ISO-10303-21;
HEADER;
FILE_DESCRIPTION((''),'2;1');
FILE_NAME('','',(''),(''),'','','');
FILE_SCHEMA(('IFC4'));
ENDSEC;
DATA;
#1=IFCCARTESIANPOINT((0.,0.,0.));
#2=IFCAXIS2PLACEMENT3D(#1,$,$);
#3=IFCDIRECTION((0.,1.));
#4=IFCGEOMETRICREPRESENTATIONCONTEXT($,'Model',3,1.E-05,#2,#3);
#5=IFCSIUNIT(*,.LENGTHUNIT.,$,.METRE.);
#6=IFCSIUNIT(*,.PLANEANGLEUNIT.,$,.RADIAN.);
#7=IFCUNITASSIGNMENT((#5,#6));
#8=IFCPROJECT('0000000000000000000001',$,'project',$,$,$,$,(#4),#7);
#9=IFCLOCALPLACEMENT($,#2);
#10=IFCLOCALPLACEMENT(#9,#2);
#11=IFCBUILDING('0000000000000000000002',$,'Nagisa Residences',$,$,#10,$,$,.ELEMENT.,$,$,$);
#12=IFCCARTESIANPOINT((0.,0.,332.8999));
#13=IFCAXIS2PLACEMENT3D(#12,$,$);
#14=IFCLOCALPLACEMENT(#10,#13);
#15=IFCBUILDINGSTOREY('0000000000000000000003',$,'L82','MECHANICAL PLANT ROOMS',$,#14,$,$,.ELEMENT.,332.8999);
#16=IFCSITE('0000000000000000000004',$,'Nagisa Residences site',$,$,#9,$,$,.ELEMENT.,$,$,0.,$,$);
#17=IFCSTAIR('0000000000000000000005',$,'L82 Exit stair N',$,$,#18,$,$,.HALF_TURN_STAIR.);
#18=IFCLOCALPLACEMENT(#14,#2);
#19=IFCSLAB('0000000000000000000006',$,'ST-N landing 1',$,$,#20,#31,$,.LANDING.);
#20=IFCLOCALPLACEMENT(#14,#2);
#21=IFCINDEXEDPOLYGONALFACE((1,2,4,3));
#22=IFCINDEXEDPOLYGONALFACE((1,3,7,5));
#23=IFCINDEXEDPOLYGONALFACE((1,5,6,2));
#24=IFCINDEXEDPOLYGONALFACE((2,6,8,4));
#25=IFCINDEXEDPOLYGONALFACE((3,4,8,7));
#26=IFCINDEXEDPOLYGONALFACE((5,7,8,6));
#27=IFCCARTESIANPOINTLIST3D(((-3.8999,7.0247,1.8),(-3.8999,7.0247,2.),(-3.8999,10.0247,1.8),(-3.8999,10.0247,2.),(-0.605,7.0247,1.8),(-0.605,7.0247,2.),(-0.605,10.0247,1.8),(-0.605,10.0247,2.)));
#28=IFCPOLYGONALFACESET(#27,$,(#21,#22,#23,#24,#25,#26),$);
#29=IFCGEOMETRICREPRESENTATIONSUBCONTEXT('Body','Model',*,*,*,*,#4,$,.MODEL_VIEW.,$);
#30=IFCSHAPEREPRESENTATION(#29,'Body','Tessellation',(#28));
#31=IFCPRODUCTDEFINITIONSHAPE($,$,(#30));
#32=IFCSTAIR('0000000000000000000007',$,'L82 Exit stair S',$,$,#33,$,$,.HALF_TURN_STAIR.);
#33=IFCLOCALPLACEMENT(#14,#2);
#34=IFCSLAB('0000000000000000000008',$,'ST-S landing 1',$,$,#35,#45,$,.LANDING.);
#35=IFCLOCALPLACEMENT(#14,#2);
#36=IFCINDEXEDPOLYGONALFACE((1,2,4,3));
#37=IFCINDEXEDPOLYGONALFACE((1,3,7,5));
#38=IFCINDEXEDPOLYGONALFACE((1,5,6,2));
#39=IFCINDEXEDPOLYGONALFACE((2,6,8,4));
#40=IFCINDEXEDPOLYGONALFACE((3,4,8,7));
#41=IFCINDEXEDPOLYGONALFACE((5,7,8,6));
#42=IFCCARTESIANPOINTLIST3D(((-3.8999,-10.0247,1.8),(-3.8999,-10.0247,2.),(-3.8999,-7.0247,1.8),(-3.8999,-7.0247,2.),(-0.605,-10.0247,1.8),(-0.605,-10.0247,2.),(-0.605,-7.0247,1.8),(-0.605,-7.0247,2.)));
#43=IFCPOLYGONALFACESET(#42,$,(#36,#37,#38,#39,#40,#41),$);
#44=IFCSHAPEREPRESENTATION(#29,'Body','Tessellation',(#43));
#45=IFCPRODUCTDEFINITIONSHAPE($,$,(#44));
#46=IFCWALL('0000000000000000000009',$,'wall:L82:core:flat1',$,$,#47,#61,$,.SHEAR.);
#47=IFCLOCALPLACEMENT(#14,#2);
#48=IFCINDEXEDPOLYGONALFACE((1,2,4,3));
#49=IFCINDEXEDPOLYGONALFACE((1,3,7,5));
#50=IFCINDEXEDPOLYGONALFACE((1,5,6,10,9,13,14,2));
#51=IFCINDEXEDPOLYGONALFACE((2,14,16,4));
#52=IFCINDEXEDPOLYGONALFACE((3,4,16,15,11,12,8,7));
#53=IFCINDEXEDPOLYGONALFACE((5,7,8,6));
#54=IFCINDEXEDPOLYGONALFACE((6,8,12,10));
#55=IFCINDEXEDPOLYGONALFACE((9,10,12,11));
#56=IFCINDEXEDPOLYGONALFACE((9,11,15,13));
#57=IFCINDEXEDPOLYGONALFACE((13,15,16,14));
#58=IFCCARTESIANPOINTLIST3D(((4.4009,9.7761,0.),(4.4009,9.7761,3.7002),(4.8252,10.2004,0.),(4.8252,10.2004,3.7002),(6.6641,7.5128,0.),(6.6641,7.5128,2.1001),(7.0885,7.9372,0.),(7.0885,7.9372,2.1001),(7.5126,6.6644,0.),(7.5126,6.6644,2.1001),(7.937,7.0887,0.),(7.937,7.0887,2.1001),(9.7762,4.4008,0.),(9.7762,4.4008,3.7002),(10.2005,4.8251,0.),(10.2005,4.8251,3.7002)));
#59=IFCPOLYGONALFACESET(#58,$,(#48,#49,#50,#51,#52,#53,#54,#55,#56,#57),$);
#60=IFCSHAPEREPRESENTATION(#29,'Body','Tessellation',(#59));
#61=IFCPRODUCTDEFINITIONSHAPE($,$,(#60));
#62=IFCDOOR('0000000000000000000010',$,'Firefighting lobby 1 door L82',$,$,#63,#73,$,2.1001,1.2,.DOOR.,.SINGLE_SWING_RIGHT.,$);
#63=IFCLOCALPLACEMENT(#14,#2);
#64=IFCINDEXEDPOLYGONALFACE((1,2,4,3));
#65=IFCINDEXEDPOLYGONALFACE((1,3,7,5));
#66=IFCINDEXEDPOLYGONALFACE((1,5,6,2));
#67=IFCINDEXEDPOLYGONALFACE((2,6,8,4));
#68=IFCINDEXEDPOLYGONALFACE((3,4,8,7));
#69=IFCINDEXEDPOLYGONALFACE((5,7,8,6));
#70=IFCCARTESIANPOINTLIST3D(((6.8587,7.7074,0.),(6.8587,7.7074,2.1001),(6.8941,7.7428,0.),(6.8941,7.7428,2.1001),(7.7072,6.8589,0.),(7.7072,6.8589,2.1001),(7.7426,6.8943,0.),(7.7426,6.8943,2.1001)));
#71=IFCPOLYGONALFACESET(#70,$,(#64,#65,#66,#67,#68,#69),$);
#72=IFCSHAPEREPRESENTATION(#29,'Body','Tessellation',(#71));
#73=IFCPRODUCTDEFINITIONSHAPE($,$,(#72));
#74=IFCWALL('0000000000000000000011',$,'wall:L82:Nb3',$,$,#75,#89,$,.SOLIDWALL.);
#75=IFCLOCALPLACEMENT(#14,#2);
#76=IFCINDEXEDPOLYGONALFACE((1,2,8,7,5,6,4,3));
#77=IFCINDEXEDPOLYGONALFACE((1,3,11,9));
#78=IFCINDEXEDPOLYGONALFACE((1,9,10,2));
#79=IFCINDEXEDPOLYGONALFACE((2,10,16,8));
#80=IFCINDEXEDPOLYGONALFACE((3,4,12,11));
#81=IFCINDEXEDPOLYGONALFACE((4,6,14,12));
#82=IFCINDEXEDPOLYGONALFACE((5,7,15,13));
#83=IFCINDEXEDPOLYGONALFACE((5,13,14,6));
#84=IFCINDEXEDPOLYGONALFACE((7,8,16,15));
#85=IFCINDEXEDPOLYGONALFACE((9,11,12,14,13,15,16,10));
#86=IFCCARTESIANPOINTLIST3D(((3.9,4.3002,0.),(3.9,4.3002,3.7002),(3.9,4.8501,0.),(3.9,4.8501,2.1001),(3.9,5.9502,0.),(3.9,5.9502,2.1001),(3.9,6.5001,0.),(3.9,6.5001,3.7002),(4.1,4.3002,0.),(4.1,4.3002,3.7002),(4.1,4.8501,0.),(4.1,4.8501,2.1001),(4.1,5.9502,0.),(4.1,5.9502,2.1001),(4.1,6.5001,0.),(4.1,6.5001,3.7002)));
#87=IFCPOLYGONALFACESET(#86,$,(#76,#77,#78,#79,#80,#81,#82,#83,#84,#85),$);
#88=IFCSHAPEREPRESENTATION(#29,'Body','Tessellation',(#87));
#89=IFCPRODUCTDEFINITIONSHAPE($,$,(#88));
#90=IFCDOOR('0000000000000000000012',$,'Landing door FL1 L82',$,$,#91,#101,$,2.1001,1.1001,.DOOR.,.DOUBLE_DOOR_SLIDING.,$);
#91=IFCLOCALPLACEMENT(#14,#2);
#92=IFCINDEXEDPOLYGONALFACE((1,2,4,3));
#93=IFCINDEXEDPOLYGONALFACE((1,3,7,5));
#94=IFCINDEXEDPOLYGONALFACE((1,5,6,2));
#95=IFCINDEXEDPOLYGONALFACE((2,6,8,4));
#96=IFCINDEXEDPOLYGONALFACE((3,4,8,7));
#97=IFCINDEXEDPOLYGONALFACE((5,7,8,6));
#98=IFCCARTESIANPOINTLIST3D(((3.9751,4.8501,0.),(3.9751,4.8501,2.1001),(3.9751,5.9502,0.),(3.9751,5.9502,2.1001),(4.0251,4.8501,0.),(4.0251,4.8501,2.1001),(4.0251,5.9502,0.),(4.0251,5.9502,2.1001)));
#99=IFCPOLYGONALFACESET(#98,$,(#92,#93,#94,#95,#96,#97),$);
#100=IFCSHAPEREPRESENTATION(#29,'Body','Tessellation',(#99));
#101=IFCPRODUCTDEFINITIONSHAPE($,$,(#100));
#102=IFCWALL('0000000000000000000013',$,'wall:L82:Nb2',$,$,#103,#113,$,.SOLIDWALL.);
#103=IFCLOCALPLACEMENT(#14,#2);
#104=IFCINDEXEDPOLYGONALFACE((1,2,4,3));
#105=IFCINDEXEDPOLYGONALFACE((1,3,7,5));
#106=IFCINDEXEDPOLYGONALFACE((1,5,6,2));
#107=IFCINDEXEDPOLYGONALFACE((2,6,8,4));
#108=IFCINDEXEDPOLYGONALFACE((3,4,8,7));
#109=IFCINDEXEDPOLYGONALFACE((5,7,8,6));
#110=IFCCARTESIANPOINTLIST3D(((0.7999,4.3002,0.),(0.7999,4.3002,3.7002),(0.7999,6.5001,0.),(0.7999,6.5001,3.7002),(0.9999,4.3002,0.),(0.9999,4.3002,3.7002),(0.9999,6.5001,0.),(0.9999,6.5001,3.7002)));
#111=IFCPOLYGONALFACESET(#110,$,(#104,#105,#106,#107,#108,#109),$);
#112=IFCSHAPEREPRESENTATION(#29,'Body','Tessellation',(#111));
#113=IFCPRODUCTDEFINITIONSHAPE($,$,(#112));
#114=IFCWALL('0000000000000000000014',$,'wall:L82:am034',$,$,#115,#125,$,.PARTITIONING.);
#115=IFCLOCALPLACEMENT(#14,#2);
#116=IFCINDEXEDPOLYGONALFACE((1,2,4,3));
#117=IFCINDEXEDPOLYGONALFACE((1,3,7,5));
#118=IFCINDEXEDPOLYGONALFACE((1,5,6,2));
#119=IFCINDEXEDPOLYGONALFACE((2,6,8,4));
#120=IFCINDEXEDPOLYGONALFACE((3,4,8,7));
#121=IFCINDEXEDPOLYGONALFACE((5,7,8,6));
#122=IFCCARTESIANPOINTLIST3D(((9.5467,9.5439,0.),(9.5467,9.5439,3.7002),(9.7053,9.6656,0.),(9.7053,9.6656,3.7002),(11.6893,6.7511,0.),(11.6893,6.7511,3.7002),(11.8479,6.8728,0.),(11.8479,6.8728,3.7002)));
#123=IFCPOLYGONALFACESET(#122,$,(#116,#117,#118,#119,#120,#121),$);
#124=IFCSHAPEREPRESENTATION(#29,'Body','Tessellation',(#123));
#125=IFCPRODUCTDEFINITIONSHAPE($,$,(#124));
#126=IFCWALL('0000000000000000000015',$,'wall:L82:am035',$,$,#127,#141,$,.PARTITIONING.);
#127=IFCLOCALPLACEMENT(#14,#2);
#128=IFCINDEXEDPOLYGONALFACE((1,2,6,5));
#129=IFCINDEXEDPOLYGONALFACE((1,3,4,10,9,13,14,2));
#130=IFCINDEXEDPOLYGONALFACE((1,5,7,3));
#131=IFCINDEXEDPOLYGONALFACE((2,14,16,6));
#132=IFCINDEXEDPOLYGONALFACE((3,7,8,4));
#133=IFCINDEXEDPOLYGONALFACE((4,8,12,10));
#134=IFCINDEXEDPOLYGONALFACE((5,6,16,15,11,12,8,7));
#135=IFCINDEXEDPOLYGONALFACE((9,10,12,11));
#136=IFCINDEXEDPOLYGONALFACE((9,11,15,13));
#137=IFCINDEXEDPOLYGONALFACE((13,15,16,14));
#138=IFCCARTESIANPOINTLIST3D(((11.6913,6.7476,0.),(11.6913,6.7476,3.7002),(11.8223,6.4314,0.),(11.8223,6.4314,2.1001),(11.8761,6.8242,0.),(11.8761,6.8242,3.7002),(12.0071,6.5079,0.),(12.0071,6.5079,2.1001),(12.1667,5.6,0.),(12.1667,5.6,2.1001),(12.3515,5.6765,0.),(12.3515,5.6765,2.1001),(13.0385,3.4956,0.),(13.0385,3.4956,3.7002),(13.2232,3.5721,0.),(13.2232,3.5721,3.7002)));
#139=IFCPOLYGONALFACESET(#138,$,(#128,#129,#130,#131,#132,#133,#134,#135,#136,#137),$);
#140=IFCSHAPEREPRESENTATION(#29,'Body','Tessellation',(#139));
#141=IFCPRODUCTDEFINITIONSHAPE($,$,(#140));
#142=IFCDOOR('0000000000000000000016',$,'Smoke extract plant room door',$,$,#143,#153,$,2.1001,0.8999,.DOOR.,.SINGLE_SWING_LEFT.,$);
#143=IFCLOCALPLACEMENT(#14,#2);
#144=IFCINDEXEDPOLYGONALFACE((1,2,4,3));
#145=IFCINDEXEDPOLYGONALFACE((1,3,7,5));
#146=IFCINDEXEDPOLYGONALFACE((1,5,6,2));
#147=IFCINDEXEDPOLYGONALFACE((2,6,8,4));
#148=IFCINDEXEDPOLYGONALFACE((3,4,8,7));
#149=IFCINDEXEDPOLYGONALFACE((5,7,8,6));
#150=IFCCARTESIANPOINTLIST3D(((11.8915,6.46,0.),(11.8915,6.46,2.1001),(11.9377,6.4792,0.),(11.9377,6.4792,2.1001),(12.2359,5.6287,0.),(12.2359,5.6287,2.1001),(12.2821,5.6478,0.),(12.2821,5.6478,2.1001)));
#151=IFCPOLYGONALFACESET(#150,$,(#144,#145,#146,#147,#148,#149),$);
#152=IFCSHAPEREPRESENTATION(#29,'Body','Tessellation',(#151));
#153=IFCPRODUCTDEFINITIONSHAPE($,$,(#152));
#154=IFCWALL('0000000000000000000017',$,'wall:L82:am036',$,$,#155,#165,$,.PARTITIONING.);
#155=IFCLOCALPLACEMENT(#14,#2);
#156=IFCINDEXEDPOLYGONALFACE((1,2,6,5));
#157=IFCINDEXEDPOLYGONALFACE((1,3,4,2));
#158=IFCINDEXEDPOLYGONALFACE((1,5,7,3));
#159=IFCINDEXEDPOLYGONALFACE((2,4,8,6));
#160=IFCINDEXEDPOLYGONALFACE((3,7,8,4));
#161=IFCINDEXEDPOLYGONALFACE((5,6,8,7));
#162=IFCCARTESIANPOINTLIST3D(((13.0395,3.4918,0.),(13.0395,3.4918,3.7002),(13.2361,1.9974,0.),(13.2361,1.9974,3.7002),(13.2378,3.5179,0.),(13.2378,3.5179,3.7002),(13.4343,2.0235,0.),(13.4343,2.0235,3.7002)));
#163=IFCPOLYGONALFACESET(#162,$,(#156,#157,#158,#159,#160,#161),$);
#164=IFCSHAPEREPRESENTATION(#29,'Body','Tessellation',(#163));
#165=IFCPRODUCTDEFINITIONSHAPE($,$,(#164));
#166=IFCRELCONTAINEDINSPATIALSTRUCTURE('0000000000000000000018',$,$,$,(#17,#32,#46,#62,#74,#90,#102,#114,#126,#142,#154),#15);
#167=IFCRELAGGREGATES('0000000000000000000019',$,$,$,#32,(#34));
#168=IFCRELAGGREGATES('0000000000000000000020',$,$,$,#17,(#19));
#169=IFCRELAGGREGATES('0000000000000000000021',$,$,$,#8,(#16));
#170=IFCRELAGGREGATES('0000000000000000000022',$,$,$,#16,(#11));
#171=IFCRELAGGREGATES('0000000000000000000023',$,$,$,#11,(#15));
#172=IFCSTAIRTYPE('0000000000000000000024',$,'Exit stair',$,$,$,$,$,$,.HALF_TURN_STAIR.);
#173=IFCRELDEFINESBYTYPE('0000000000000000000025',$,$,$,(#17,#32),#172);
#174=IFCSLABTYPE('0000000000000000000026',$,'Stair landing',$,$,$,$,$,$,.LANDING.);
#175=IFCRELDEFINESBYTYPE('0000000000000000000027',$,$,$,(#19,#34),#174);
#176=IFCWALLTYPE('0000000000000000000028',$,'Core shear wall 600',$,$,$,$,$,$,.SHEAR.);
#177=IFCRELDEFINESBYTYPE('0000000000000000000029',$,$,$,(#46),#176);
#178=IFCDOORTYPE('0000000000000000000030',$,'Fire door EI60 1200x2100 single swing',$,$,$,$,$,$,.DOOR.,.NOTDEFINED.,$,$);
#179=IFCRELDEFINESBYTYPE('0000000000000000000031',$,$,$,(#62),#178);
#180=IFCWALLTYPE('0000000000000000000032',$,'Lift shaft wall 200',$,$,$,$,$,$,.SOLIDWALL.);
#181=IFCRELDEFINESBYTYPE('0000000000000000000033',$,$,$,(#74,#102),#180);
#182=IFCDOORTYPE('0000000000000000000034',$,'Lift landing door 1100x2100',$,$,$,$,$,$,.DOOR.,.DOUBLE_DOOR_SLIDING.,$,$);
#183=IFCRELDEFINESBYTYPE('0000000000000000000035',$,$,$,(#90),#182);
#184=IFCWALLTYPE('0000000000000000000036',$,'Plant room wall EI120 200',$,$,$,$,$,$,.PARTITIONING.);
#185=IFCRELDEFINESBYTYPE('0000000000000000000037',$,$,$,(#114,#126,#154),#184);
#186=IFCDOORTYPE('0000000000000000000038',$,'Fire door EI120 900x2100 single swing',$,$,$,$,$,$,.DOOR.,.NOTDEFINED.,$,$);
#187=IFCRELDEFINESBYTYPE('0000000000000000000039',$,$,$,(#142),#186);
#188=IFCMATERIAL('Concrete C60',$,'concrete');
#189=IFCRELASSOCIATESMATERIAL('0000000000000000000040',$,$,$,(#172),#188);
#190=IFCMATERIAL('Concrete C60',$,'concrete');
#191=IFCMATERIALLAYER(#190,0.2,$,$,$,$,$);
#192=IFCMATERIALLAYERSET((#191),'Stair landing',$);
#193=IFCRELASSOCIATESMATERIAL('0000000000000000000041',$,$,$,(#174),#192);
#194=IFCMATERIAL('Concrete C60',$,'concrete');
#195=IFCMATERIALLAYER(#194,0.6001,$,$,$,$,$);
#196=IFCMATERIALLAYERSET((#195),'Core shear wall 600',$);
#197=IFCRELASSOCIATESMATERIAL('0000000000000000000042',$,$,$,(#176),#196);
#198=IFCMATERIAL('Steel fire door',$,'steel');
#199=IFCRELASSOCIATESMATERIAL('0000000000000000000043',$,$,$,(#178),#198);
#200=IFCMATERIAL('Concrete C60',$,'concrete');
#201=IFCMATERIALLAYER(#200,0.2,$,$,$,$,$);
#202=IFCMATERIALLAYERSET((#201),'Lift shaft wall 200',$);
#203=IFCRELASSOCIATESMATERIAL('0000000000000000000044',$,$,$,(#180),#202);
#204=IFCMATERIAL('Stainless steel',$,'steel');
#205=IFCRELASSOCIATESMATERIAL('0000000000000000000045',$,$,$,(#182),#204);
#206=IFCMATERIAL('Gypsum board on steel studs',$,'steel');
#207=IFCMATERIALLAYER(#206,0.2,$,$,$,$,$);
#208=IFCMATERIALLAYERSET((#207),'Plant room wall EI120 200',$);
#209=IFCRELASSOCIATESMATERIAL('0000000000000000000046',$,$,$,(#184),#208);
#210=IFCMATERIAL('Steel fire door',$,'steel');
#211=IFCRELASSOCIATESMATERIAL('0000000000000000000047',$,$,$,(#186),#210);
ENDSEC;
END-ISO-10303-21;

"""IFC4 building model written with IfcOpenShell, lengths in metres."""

from ifc_helpers import new_model, si_unit, direction, frame, frame_2d, origin, place, context, subcontext, project, spatial, polyline, rectangle, outline, extrude, material, layer, layer_set, type_object, element, fill, aggregate, save


model = new_model("IFC4")

# Units and contexts
model_context = context("Model", 3, precision=1e-05, world=origin(), true_north=direction((0.0, 1.0)))
body_context = subcontext(model_context, "Body", "Model", "MODEL_VIEW")
ifc_project = project(units=[si_unit("LENGTHUNIT", "METRE"), si_unit("PLANEANGLEUNIT", "RADIAN")], contexts=[model_context])

# Site, building, storey
site_placement = place(None, origin())
site = spatial("IfcSite", under=ifc_project, at=site_placement, Name="Nagisa Residences site", CompositionType="ELEMENT", RefElevation=0.0)
building_placement = place(site_placement, origin())
building = spatial("IfcBuilding", under=site, at=building_placement, Name="Nagisa Residences", CompositionType="ELEMENT")
storey_placement = place(building_placement, frame((0.0, 0.0, 332.8999)))
storey = spatial("IfcBuildingStorey", under=building, at=storey_placement, Name="L82", Description="MECHANICAL PLANT ROOMS", CompositionType="ELEMENT", Elevation=332.8999)

# Stairs, slabs
ifc_material_1 = material(Name="Concrete C60", Category="concrete")
stair_type = type_object("IfcStairType", Name="Exit stair", PredefinedType="HALF_TURN_STAIR", material=ifc_material_1)
stair_1_placement = place(storey_placement, origin())
stair_1 = element("IfcStair", 1, at=stair_1_placement, inside=storey, type_object=stair_type, Name="L82 Exit stair N", PredefinedType="HALF_TURN_STAIR")
ifc_material_2 = material(Name="Concrete C60", Category="concrete")
ifc_layer_1 = layer(ifc_material_2, 0.2)
ifc_layer_set_1 = layer_set([ifc_layer_1], Name="Stair landing")
slab_type = type_object("IfcSlabType", Name="Stair landing", PredefinedType="LANDING", material=ifc_layer_set_1)
slab_1_placement = place(storey_placement, frame((0.0, 0.0, 1.8)))
slab_1 = element("IfcSlab", 2, at=slab_1_placement, type_object=slab_type, Name="ST-N landing 1", PredefinedType="LANDING", context=body_context, shape_type="SweptSolid", body=[
    extrude(outline(polyline([(-0.605, 10.0247), (-3.8999, 10.0247), (-3.8999, 7.0247), (-0.605, 7.0247), (-0.605, 10.0247)])), origin(), (0.0, 0.0, 1.0), 0.2),
])
stair_2_placement = place(storey_placement, origin())
stair_2 = element("IfcStair", 3, at=stair_2_placement, inside=storey, type_object=stair_type, Name="L82 Exit stair S", PredefinedType="HALF_TURN_STAIR")
slab_2_placement = place(storey_placement, frame((0.0, 0.0, 1.8)))
slab_2 = element("IfcSlab", 4, at=slab_2_placement, type_object=slab_type, Name="ST-S landing 1", PredefinedType="LANDING", context=body_context, shape_type="SweptSolid", body=[
    extrude(outline(polyline([(-0.605, -7.0247), (-3.8999, -7.0247), (-3.8999, -10.0247), (-0.605, -10.0247), (-0.605, -7.0247)])), origin(), (0.0, 0.0, 1.0), 0.2),
])
aggregate(stair_2, [slab_2])

# Walls, openings, doors
ifc_material_3 = material(Name="Concrete C60", Category="concrete")
ifc_layer_2 = layer(ifc_material_3, 0.6001)
ifc_layer_set_2 = layer_set([ifc_layer_2], Name="Core shear wall 600")
wall_type_1 = type_object("IfcWallType", Name="Core shear wall 600", PredefinedType="SHEAR", material=ifc_layer_set_2)
wall_1_placement = place(storey_placement, frame((9.9883, 4.613, 0.0), z_axis=(0.0, 0.0, 1.0), x_axis=(-0.707107, 0.707107, 0.0)))
wall_1 = element("IfcWall", 5, at=wall_1_placement, inside=storey, type_object=wall_type_1, Name="wall:L82:core:flat1", PredefinedType="SHEAR", context=body_context, shape_type="SweptSolid", body=[
    extrude(rectangle(XDim=7.6018, YDim=0.6001, at=frame_2d((3.8008, 0.0))), origin(), (0.0, 0.0, 1.0), 3.7002),
])
opening_1_placement = place(wall_1_placement, frame((3.2009, 0.0, 0.0)))
opening_1 = element("IfcOpeningElement", 6, at=opening_1_placement, cuts=wall_1, PredefinedType="OPENING", context=body_context, shape_type="SweptSolid", body=[
    extrude(rectangle(XDim=1.2, YDim=2.1001, at=frame_2d((0.6001, 1.05))), frame((0.0, 0.3101, 0.0), z_axis=(0.0, -1.0, 0.0), x_axis=(1.0, 0.0, 0.0)), (0.0, 0.0, 1.0), 0.6201),
])
ifc_material_4 = material(Name="Steel fire door", Category="steel")
door_type_1 = type_object("IfcDoorType", Name="Fire door EI60 1200x2100 single swing", OperationType="NOTDEFINED", PredefinedType="DOOR", material=ifc_material_4)
door_1_placement = place(opening_1_placement, origin())
door_1 = element("IfcDoor", 7, at=door_1_placement, inside=storey, type_object=door_type_1, Name="Firefighting lobby 1 door L82", OperationType="SINGLE_SWING_RIGHT", OverallHeight=2.1001, OverallWidth=1.2, PredefinedType="DOOR", context=body_context, shape_type="SweptSolid", body=[
    extrude(rectangle(XDim=1.2, YDim=2.1001, at=frame_2d((0.6001, 1.05))), frame((0.0, 0.0249, 0.0), z_axis=(0.0, -1.0, 0.0), x_axis=(1.0, 0.0, 0.0)), (0.0, 0.0, 1.0), 0.05),
])
fill(opening_1, door_1)
ifc_material_5 = material(Name="Concrete C60", Category="concrete")
ifc_layer_3 = layer(ifc_material_5, 0.2)
ifc_layer_set_3 = layer_set([ifc_layer_3], Name="Lift shaft wall 200")
wall_type_2 = type_object("IfcWallType", Name="Lift shaft wall 200", PredefinedType="SOLIDWALL", material=ifc_layer_set_3)
wall_2_placement = place(storey_placement, frame((4.0, 4.3, 0.0), z_axis=(0.0, 0.0, 1.0), x_axis=(0.0, 1.0, 0.0)))
wall_2 = element("IfcWall", 8, at=wall_2_placement, inside=storey, type_object=wall_type_2, Name="wall:L82:Nb3", PredefinedType="SOLIDWALL", context=body_context, shape_type="SweptSolid", body=[
    extrude(rectangle(XDim=2.2, YDim=0.2, at=frame_2d((1.1001, 0.0))), origin(), (0.0, 0.0, 1.0), 3.7002),
])
opening_2_placement = place(wall_2_placement, frame((0.55, 0.0, 0.0)))
opening_2 = element("IfcOpeningElement", 9, at=opening_2_placement, cuts=wall_2, PredefinedType="OPENING", context=body_context, shape_type="SweptSolid", body=[
    extrude(rectangle(XDim=1.1001, YDim=2.1001, at=frame_2d((0.55, 1.05))), frame((0.0, 0.1099, 0.0), z_axis=(0.0, -1.0, 0.0), x_axis=(1.0, 0.0, 0.0)), (0.0, 0.0, 1.0), 0.22),
])
ifc_material_6 = material(Name="Stainless steel", Category="steel")
door_type_2 = type_object("IfcDoorType", Name="Lift landing door 1100x2100", OperationType="DOUBLE_DOOR_SLIDING", PredefinedType="DOOR", material=ifc_material_6)
door_2_placement = place(opening_2_placement, origin())
door_2 = element("IfcDoor", 10, at=door_2_placement, inside=storey, type_object=door_type_2, Name="Landing door FL1 L82", OperationType="DOUBLE_DOOR_SLIDING", OverallHeight=2.1001, OverallWidth=1.1001, PredefinedType="DOOR", context=body_context, shape_type="SweptSolid", body=[
    extrude(rectangle(XDim=1.1001, YDim=2.1001, at=frame_2d((0.55, 1.05))), frame((0.0, 0.0249, 0.0), z_axis=(0.0, -1.0, 0.0), x_axis=(1.0, 0.0, 0.0)), (0.0, 0.0, 1.0), 0.05),
])
fill(opening_2, door_2)

# Walls
wall_3_placement = place(storey_placement, frame((0.8999, 4.3, 0.0), z_axis=(0.0, 0.0, 1.0), x_axis=(0.0, 1.0, 0.0)))
element("IfcWall", 11, at=wall_3_placement, inside=storey, type_object=wall_type_2, Name="wall:L82:Nb2", PredefinedType="SOLIDWALL", context=body_context, shape_type="SweptSolid", body=[
    extrude(rectangle(XDim=2.2, YDim=0.2, at=frame_2d((1.1001, 0.0))), origin(), (0.0, 0.0, 1.0), 3.7002),
])
ifc_material_7 = material(Name="Gypsum board on steel studs", Category="steel")
ifc_layer_4 = layer(ifc_material_7, 0.2)
ifc_layer_set_4 = layer_set([ifc_layer_4], Name="Plant room wall EI120 200")
wall_type_3 = type_object("IfcWallType", Name="Plant room wall EI120 200", PredefinedType="PARTITIONING", material=ifc_layer_set_4)
wall_4_placement = place(storey_placement, frame((9.626, 9.6047, 0.0), z_axis=(0.0, 0.0, 1.0), x_axis=(0.608698, -0.793402, 0.0)))
element("IfcWall", 12, at=wall_4_placement, inside=storey, type_object=wall_type_3, Name="wall:L82:am034", PredefinedType="PARTITIONING", context=body_context, shape_type="SweptSolid", body=[
    extrude(rectangle(XDim=3.52, YDim=0.2, at=frame_2d((1.76, 0.0))), origin(), (0.0, 0.0, 1.0), 3.7002),
])

# Wall, opening, door
wall_5_placement = place(storey_placement, frame((11.7837, 6.7859, 0.0), z_axis=(0.0, 0.0, 1.0), x_axis=(0.382723, -0.923863, 0.0)))
wall_5 = element("IfcWall", 13, at=wall_5_placement, inside=storey, type_object=wall_type_3, Name="wall:L82:am035", PredefinedType="PARTITIONING", context=body_context, shape_type="SweptSolid", body=[
    extrude(rectangle(XDim=3.52, YDim=0.2, at=frame_2d((1.76, 0.0))), origin(), (0.0, 0.0, 1.0), 3.7002),
])
opening_3_placement = place(wall_5_placement, frame((0.3423, 0.0, 0.0)))
opening_3 = element("IfcOpeningElement", 14, at=opening_3_placement, cuts=wall_5, PredefinedType="OPENING", context=body_context, shape_type="SweptSolid", body=[
    extrude(rectangle(XDim=0.8999, YDim=2.1001, at=frame_2d((0.45, 1.05))), frame((0.0, 0.1099, 0.0), z_axis=(0.0, -1.0, 0.0), x_axis=(1.0, 0.0, 0.0)), (0.0, 0.0, 1.0), 0.22),
])
ifc_material_8 = material(Name="Steel fire door", Category="steel")
door_type_3 = type_object("IfcDoorType", Name="Fire door EI120 900x2100 single swing", OperationType="NOTDEFINED", PredefinedType="DOOR", material=ifc_material_8)
door_3_placement = place(opening_3_placement, origin())
door_3 = element("IfcDoor", 15, at=door_3_placement, inside=storey, type_object=door_type_3, Name="Smoke extract plant room door", OperationType="SINGLE_SWING_LEFT", OverallHeight=2.1001, OverallWidth=0.8999, PredefinedType="DOOR", context=body_context, shape_type="SweptSolid", body=[
    extrude(rectangle(XDim=0.8999, YDim=2.1001, at=frame_2d((0.45, 1.05))), frame((0.0, 0.0249, 0.0), z_axis=(0.0, -1.0, 0.0), x_axis=(1.0, 0.0, 0.0)), (0.0, 0.0, 1.0), 0.05),
])
fill(opening_3, door_3)

# Wall
wall_6_placement = place(storey_placement, frame((13.1387, 3.5049, 0.0), z_axis=(0.0, 0.0, 1.0), x_axis=(0.130392, -0.991463, 0.0)))
element("IfcWall", 16, at=wall_6_placement, inside=storey, type_object=wall_type_3, Name="wall:L82:am036", PredefinedType="PARTITIONING", context=body_context, shape_type="SweptSolid", body=[
    extrude(rectangle(XDim=1.5073, YDim=0.2, at=frame_2d((0.7537, 0.0))), origin(), (0.0, 0.0, 1.0), 3.7002),
])

aggregate(stair_1, [slab_1])

save(model, "model.ifc")
